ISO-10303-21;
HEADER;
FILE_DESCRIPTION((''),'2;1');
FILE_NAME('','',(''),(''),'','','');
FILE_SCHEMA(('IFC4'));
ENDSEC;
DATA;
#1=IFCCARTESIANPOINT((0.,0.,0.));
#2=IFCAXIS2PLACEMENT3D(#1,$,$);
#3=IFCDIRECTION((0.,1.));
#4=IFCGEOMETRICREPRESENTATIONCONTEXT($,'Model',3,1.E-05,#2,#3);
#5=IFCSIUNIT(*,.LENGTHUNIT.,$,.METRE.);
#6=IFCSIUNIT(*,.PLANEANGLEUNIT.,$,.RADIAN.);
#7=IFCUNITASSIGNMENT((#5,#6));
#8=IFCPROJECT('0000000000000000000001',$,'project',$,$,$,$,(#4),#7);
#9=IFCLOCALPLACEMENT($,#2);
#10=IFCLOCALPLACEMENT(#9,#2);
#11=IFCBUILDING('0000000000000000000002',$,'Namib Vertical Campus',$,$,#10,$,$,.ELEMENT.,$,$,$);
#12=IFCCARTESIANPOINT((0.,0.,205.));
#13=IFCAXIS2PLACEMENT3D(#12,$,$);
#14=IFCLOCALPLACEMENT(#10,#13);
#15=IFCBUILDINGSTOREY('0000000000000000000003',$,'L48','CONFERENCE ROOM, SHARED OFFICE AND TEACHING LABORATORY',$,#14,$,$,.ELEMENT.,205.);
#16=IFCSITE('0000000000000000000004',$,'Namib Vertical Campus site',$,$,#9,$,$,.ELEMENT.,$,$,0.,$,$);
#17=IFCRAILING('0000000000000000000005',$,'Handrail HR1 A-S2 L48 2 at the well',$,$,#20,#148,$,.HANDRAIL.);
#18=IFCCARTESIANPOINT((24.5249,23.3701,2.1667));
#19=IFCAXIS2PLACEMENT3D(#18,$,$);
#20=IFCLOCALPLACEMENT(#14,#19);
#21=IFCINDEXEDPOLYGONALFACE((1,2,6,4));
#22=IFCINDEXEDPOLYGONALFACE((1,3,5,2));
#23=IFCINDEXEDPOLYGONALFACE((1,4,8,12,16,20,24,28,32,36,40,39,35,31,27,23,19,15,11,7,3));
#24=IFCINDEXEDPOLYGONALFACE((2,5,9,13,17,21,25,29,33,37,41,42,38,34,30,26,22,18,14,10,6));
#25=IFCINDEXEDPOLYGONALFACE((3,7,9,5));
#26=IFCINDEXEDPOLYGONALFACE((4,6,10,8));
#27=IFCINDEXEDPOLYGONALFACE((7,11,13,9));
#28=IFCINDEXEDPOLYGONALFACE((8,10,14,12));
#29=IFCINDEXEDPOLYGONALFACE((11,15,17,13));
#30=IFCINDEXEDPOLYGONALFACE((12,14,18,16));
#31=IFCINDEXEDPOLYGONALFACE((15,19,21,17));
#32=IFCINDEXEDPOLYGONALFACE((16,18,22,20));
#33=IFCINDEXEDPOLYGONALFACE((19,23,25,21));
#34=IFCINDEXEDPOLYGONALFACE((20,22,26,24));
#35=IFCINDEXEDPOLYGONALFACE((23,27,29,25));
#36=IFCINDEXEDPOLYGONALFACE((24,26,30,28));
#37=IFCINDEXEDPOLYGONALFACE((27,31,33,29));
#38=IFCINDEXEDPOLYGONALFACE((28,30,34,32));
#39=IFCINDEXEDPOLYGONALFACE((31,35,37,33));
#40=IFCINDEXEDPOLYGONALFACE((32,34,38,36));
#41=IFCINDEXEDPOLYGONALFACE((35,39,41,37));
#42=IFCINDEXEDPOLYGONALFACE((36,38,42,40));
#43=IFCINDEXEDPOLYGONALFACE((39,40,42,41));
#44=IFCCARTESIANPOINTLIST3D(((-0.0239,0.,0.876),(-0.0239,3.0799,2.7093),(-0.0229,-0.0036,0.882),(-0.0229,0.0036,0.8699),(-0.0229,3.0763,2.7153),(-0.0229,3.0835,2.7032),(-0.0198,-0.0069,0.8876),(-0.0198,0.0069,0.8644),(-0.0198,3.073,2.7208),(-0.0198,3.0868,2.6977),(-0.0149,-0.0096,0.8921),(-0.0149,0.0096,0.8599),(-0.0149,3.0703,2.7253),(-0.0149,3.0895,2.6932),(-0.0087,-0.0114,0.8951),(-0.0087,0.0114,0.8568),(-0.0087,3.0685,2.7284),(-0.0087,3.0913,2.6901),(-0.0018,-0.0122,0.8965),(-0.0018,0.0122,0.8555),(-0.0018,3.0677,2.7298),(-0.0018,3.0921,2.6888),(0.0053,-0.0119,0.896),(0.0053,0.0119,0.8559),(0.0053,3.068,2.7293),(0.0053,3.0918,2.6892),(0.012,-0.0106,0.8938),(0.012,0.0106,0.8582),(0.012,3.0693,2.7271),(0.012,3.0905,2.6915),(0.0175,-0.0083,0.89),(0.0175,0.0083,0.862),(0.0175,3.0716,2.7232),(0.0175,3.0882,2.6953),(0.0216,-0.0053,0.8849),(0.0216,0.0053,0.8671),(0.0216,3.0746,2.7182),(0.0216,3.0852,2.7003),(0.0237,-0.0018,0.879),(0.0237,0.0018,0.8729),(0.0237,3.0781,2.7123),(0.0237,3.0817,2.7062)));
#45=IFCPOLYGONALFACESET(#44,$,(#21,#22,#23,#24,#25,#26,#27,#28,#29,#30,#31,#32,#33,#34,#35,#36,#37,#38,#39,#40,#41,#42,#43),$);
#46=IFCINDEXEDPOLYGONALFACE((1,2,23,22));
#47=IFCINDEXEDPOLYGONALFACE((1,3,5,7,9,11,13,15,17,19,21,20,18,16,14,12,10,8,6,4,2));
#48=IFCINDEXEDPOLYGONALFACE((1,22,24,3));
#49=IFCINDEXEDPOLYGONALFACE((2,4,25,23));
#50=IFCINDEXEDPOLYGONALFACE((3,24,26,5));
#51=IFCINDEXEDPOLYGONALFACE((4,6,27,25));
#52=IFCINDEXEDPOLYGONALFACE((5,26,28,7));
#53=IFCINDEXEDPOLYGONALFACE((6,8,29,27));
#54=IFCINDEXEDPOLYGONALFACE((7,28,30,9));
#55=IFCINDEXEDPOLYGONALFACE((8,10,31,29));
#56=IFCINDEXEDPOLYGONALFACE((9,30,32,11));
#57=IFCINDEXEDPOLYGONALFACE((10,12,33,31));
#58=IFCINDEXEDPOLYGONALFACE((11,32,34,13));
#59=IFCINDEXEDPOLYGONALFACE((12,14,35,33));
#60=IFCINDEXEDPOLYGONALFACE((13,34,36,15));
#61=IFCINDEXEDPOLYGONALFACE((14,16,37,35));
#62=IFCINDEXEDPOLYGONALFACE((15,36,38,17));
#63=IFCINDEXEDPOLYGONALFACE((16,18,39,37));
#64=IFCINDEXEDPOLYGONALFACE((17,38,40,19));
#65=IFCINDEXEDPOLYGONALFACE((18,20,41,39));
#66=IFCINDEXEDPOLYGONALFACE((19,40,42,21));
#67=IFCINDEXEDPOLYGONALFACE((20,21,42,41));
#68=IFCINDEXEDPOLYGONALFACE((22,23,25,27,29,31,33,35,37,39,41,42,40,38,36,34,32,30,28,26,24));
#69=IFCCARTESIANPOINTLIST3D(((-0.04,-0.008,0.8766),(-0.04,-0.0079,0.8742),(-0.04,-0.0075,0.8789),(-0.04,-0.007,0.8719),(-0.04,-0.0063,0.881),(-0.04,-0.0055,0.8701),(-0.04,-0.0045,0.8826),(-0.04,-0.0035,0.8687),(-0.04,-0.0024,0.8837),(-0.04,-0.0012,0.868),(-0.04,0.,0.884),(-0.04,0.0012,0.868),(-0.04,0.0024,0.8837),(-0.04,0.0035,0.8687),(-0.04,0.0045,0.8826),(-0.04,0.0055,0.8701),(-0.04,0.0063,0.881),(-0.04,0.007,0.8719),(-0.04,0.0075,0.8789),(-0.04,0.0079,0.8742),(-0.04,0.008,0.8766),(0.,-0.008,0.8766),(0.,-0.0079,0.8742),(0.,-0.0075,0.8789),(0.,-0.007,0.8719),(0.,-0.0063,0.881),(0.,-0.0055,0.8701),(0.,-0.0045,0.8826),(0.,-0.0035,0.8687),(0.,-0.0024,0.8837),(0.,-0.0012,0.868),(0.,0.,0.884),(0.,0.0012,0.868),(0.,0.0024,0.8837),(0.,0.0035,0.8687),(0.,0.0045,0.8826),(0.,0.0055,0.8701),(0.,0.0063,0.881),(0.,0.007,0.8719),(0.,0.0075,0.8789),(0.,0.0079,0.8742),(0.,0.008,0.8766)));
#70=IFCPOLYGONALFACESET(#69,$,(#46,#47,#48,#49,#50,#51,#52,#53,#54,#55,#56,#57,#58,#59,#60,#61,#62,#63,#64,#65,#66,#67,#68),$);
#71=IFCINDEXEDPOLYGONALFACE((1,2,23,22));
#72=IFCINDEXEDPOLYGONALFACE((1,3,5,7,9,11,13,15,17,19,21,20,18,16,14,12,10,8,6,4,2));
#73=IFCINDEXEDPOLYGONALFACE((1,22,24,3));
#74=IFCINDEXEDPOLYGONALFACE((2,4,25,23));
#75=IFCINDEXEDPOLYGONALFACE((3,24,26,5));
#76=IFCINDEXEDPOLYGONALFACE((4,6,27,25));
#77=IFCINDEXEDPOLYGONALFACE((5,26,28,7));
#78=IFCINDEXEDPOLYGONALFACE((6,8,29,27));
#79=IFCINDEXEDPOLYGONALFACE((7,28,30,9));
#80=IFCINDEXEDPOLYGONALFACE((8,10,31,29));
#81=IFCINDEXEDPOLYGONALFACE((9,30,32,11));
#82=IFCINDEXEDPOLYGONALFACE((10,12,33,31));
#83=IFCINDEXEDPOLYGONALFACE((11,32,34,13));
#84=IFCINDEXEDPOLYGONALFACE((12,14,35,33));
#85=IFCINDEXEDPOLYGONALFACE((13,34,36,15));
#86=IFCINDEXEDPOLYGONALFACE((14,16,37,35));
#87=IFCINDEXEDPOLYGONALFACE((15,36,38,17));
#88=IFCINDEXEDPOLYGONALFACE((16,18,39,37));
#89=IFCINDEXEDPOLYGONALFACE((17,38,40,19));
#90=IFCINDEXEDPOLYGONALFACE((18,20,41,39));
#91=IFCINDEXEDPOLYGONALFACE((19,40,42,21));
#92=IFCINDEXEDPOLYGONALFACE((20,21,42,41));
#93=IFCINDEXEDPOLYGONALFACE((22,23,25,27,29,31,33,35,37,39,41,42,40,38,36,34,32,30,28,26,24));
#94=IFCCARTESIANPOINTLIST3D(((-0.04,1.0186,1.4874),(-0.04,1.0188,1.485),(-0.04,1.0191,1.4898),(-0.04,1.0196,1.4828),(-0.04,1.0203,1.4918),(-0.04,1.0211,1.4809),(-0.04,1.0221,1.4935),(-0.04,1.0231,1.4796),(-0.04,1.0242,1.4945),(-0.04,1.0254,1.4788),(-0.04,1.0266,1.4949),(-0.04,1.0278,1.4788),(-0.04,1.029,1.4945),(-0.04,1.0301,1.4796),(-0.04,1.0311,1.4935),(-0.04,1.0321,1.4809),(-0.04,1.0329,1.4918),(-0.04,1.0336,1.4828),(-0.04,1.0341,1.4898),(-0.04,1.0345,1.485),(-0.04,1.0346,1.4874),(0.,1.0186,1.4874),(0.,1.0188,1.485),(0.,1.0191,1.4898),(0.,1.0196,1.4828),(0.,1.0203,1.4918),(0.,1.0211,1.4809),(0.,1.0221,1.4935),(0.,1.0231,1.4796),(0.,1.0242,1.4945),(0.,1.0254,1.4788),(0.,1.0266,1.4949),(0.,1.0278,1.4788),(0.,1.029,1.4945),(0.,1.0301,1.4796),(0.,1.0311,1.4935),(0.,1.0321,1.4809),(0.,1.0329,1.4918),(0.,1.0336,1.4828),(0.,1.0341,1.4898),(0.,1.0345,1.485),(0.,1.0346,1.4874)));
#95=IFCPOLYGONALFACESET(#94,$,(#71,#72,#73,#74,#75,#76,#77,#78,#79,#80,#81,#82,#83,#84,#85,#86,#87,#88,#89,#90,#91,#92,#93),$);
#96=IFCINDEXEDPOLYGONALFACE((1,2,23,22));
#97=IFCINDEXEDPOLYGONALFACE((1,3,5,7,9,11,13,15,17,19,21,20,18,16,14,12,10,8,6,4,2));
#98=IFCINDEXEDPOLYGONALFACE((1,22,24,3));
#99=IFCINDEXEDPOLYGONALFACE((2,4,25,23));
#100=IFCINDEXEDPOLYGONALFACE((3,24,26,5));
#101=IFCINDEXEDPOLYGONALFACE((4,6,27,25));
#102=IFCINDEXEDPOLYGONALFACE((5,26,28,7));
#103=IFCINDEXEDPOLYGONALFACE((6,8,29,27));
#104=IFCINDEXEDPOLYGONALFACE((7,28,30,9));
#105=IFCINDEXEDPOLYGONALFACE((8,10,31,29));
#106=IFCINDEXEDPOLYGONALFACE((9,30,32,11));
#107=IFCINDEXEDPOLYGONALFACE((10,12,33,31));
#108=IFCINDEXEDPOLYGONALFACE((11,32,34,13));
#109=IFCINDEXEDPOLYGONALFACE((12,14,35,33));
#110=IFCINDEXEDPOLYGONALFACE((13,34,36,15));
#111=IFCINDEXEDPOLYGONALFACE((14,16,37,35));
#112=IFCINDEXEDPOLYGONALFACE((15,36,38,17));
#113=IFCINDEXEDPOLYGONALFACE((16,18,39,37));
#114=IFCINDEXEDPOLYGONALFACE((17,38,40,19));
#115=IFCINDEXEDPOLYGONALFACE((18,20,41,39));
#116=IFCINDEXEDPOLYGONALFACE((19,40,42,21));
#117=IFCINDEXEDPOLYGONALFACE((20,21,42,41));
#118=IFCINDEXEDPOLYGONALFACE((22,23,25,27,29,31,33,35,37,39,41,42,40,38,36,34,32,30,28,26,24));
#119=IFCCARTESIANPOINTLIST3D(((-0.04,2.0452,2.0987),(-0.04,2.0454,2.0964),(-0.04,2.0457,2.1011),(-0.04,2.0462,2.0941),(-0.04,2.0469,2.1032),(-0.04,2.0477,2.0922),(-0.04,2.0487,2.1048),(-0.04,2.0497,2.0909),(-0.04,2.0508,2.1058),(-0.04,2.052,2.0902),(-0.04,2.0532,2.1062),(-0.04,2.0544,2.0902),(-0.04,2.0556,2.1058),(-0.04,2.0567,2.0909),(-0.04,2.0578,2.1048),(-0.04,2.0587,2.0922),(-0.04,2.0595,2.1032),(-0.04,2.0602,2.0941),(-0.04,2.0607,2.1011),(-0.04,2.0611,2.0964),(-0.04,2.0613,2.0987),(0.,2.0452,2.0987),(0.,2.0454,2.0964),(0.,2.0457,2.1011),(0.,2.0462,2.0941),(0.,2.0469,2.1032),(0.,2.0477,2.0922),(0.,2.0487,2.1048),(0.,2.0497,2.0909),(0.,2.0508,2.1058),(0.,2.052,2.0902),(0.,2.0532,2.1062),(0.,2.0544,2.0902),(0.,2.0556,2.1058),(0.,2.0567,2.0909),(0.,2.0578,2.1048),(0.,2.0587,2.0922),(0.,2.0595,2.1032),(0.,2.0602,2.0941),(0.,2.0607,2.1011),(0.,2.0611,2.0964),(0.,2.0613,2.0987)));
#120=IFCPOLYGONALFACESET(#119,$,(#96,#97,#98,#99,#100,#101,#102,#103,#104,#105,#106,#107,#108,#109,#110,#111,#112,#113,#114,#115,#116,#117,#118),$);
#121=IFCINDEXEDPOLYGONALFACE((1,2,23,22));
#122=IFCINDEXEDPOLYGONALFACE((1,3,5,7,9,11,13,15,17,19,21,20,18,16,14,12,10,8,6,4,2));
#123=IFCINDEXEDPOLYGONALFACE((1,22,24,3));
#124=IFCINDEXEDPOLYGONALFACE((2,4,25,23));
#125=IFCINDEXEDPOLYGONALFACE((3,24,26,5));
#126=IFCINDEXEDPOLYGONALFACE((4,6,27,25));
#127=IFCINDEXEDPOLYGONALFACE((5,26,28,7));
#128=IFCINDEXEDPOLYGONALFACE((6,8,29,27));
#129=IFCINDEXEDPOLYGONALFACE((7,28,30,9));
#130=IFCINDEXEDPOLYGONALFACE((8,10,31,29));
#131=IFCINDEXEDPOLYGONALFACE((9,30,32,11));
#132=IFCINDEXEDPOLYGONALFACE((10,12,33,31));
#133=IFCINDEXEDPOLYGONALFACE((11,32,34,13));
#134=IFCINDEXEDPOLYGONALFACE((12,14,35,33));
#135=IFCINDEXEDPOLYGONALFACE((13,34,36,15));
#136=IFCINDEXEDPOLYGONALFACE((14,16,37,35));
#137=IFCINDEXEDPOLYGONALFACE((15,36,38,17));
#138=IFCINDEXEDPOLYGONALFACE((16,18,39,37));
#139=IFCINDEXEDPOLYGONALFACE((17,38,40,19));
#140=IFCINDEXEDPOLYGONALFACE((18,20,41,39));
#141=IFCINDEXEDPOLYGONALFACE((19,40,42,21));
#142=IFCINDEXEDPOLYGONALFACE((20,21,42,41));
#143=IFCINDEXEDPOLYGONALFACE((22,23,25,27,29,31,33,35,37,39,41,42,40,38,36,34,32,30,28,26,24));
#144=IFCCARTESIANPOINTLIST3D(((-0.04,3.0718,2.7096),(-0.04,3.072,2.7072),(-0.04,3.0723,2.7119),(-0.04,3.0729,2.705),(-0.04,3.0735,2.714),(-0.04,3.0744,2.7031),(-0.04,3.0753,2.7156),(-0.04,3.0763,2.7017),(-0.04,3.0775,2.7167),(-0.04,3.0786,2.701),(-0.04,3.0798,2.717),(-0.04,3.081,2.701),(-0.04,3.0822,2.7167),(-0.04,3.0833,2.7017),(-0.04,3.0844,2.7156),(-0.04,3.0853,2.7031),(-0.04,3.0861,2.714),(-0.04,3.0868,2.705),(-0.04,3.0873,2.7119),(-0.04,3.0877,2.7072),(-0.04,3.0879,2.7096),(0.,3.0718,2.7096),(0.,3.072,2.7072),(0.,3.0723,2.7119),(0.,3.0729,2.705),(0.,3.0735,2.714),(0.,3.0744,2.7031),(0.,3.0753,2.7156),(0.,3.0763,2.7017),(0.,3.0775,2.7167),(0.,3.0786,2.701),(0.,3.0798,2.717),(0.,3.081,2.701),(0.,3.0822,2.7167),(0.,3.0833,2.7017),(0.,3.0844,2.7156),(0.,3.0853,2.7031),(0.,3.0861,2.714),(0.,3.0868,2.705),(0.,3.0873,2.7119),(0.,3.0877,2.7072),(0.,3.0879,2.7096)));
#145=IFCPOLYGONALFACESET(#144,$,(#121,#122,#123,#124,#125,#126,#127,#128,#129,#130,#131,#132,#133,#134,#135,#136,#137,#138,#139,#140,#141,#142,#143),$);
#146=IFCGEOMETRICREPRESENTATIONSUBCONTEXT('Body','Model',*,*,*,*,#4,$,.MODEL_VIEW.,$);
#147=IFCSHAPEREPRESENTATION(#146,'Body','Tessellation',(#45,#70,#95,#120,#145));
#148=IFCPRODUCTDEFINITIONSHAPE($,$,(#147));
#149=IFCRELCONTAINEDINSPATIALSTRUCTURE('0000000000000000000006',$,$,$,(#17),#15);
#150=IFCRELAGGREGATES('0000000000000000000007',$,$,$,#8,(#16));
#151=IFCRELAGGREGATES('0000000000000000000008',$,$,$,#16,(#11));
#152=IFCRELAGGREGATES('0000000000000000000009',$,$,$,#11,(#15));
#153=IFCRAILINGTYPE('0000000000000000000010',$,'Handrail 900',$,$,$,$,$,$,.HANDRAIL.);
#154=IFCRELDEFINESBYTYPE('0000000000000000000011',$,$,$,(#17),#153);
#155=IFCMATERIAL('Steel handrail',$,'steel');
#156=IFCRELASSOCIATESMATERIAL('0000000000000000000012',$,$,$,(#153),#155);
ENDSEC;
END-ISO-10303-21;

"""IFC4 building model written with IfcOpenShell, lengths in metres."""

from ifc_helpers import new_model, si_unit, direction, frame, origin, origin_2d, place, context, subcontext, project, spatial, circle, extrude, material, type_object, element, save


model = new_model("IFC4")

# Units and contexts
model_context = context("Model", 3, precision=1e-05, world=origin(), true_north=direction((0.0, 1.0)))
body_context = subcontext(model_context, "Body", "Model", "MODEL_VIEW")
ifc_project = project(units=[si_unit("LENGTHUNIT", "METRE"), si_unit("PLANEANGLEUNIT", "RADIAN")], contexts=[model_context])

# Site, building, storey
site_placement = place(None, origin())
site = spatial("IfcSite", under=ifc_project, at=site_placement, Name="Namib Vertical Campus site", CompositionType="ELEMENT", RefElevation=0.0)
building_placement = place(site_placement, origin())
building = spatial("IfcBuilding", under=site, at=building_placement, Name="Namib Vertical Campus", CompositionType="ELEMENT")
storey_placement = place(building_placement, frame((0.0, 0.0, 205.0)))
storey = spatial("IfcBuildingStorey", under=building, at=storey_placement, Name="L48", Description="CONFERENCE ROOM, SHARED OFFICE AND TEACHING LABORATORY", CompositionType="ELEMENT", Elevation=205.0)

# Railing
ifc_material_1 = material(Name="Steel handrail", Category="steel")
railing_type_1 = type_object("IfcRailingType", Name="Handrail 900", PredefinedType="HANDRAIL", material=ifc_material_1)
railing_1_placement = place(storey_placement, frame((24.5249, 23.3701, 2.1667)))
element("IfcRailing", 1, at=railing_1_placement, inside=storey, type_object=railing_type_1, Name="Handrail HR1 A-S2 L48 2 at the well", PredefinedType="HANDRAIL", context=body_context, shape_type="SweptSolid", body=[
    extrude(circle(Radius=0.0239, at=origin_2d()), frame((0.0, 0.0, 0.876), z_axis=(0.0, 0.859291, 0.511487), x_axis=(-1.0, 0.0, 0.0)), (0.0, 0.0, 1.0), 3.5842),
    extrude(circle(Radius=0.0081, at=origin_2d()), frame((0.0, 0.0, 0.876), z_axis=(-1.0, 0.0, 0.0), x_axis=(0.0, 0.0, 1.0)), (0.0, 0.0, 1.0), 0.04),
    extrude(circle(Radius=0.0081, at=origin_2d()), frame((0.0, 1.0266, 1.4868), z_axis=(-1.0, 0.0, 0.0), x_axis=(0.0, 0.0, 1.0)), (0.0, 0.0, 1.0), 0.04),
    extrude(circle(Radius=0.0081, at=origin_2d()), frame((0.0, 2.0532, 2.0981), z_axis=(-1.0, 0.0, 0.0), x_axis=(0.0, 0.0, 1.0)), (0.0, 0.0, 1.0), 0.04),
    extrude(circle(Radius=0.0081, at=origin_2d()), frame((0.0, 3.0798, 2.709), z_axis=(-1.0, 0.0, 0.0), x_axis=(0.0, 0.0, 1.0)), (0.0, 0.0, 1.0), 0.04),
])

save(model, "model.ifc")
